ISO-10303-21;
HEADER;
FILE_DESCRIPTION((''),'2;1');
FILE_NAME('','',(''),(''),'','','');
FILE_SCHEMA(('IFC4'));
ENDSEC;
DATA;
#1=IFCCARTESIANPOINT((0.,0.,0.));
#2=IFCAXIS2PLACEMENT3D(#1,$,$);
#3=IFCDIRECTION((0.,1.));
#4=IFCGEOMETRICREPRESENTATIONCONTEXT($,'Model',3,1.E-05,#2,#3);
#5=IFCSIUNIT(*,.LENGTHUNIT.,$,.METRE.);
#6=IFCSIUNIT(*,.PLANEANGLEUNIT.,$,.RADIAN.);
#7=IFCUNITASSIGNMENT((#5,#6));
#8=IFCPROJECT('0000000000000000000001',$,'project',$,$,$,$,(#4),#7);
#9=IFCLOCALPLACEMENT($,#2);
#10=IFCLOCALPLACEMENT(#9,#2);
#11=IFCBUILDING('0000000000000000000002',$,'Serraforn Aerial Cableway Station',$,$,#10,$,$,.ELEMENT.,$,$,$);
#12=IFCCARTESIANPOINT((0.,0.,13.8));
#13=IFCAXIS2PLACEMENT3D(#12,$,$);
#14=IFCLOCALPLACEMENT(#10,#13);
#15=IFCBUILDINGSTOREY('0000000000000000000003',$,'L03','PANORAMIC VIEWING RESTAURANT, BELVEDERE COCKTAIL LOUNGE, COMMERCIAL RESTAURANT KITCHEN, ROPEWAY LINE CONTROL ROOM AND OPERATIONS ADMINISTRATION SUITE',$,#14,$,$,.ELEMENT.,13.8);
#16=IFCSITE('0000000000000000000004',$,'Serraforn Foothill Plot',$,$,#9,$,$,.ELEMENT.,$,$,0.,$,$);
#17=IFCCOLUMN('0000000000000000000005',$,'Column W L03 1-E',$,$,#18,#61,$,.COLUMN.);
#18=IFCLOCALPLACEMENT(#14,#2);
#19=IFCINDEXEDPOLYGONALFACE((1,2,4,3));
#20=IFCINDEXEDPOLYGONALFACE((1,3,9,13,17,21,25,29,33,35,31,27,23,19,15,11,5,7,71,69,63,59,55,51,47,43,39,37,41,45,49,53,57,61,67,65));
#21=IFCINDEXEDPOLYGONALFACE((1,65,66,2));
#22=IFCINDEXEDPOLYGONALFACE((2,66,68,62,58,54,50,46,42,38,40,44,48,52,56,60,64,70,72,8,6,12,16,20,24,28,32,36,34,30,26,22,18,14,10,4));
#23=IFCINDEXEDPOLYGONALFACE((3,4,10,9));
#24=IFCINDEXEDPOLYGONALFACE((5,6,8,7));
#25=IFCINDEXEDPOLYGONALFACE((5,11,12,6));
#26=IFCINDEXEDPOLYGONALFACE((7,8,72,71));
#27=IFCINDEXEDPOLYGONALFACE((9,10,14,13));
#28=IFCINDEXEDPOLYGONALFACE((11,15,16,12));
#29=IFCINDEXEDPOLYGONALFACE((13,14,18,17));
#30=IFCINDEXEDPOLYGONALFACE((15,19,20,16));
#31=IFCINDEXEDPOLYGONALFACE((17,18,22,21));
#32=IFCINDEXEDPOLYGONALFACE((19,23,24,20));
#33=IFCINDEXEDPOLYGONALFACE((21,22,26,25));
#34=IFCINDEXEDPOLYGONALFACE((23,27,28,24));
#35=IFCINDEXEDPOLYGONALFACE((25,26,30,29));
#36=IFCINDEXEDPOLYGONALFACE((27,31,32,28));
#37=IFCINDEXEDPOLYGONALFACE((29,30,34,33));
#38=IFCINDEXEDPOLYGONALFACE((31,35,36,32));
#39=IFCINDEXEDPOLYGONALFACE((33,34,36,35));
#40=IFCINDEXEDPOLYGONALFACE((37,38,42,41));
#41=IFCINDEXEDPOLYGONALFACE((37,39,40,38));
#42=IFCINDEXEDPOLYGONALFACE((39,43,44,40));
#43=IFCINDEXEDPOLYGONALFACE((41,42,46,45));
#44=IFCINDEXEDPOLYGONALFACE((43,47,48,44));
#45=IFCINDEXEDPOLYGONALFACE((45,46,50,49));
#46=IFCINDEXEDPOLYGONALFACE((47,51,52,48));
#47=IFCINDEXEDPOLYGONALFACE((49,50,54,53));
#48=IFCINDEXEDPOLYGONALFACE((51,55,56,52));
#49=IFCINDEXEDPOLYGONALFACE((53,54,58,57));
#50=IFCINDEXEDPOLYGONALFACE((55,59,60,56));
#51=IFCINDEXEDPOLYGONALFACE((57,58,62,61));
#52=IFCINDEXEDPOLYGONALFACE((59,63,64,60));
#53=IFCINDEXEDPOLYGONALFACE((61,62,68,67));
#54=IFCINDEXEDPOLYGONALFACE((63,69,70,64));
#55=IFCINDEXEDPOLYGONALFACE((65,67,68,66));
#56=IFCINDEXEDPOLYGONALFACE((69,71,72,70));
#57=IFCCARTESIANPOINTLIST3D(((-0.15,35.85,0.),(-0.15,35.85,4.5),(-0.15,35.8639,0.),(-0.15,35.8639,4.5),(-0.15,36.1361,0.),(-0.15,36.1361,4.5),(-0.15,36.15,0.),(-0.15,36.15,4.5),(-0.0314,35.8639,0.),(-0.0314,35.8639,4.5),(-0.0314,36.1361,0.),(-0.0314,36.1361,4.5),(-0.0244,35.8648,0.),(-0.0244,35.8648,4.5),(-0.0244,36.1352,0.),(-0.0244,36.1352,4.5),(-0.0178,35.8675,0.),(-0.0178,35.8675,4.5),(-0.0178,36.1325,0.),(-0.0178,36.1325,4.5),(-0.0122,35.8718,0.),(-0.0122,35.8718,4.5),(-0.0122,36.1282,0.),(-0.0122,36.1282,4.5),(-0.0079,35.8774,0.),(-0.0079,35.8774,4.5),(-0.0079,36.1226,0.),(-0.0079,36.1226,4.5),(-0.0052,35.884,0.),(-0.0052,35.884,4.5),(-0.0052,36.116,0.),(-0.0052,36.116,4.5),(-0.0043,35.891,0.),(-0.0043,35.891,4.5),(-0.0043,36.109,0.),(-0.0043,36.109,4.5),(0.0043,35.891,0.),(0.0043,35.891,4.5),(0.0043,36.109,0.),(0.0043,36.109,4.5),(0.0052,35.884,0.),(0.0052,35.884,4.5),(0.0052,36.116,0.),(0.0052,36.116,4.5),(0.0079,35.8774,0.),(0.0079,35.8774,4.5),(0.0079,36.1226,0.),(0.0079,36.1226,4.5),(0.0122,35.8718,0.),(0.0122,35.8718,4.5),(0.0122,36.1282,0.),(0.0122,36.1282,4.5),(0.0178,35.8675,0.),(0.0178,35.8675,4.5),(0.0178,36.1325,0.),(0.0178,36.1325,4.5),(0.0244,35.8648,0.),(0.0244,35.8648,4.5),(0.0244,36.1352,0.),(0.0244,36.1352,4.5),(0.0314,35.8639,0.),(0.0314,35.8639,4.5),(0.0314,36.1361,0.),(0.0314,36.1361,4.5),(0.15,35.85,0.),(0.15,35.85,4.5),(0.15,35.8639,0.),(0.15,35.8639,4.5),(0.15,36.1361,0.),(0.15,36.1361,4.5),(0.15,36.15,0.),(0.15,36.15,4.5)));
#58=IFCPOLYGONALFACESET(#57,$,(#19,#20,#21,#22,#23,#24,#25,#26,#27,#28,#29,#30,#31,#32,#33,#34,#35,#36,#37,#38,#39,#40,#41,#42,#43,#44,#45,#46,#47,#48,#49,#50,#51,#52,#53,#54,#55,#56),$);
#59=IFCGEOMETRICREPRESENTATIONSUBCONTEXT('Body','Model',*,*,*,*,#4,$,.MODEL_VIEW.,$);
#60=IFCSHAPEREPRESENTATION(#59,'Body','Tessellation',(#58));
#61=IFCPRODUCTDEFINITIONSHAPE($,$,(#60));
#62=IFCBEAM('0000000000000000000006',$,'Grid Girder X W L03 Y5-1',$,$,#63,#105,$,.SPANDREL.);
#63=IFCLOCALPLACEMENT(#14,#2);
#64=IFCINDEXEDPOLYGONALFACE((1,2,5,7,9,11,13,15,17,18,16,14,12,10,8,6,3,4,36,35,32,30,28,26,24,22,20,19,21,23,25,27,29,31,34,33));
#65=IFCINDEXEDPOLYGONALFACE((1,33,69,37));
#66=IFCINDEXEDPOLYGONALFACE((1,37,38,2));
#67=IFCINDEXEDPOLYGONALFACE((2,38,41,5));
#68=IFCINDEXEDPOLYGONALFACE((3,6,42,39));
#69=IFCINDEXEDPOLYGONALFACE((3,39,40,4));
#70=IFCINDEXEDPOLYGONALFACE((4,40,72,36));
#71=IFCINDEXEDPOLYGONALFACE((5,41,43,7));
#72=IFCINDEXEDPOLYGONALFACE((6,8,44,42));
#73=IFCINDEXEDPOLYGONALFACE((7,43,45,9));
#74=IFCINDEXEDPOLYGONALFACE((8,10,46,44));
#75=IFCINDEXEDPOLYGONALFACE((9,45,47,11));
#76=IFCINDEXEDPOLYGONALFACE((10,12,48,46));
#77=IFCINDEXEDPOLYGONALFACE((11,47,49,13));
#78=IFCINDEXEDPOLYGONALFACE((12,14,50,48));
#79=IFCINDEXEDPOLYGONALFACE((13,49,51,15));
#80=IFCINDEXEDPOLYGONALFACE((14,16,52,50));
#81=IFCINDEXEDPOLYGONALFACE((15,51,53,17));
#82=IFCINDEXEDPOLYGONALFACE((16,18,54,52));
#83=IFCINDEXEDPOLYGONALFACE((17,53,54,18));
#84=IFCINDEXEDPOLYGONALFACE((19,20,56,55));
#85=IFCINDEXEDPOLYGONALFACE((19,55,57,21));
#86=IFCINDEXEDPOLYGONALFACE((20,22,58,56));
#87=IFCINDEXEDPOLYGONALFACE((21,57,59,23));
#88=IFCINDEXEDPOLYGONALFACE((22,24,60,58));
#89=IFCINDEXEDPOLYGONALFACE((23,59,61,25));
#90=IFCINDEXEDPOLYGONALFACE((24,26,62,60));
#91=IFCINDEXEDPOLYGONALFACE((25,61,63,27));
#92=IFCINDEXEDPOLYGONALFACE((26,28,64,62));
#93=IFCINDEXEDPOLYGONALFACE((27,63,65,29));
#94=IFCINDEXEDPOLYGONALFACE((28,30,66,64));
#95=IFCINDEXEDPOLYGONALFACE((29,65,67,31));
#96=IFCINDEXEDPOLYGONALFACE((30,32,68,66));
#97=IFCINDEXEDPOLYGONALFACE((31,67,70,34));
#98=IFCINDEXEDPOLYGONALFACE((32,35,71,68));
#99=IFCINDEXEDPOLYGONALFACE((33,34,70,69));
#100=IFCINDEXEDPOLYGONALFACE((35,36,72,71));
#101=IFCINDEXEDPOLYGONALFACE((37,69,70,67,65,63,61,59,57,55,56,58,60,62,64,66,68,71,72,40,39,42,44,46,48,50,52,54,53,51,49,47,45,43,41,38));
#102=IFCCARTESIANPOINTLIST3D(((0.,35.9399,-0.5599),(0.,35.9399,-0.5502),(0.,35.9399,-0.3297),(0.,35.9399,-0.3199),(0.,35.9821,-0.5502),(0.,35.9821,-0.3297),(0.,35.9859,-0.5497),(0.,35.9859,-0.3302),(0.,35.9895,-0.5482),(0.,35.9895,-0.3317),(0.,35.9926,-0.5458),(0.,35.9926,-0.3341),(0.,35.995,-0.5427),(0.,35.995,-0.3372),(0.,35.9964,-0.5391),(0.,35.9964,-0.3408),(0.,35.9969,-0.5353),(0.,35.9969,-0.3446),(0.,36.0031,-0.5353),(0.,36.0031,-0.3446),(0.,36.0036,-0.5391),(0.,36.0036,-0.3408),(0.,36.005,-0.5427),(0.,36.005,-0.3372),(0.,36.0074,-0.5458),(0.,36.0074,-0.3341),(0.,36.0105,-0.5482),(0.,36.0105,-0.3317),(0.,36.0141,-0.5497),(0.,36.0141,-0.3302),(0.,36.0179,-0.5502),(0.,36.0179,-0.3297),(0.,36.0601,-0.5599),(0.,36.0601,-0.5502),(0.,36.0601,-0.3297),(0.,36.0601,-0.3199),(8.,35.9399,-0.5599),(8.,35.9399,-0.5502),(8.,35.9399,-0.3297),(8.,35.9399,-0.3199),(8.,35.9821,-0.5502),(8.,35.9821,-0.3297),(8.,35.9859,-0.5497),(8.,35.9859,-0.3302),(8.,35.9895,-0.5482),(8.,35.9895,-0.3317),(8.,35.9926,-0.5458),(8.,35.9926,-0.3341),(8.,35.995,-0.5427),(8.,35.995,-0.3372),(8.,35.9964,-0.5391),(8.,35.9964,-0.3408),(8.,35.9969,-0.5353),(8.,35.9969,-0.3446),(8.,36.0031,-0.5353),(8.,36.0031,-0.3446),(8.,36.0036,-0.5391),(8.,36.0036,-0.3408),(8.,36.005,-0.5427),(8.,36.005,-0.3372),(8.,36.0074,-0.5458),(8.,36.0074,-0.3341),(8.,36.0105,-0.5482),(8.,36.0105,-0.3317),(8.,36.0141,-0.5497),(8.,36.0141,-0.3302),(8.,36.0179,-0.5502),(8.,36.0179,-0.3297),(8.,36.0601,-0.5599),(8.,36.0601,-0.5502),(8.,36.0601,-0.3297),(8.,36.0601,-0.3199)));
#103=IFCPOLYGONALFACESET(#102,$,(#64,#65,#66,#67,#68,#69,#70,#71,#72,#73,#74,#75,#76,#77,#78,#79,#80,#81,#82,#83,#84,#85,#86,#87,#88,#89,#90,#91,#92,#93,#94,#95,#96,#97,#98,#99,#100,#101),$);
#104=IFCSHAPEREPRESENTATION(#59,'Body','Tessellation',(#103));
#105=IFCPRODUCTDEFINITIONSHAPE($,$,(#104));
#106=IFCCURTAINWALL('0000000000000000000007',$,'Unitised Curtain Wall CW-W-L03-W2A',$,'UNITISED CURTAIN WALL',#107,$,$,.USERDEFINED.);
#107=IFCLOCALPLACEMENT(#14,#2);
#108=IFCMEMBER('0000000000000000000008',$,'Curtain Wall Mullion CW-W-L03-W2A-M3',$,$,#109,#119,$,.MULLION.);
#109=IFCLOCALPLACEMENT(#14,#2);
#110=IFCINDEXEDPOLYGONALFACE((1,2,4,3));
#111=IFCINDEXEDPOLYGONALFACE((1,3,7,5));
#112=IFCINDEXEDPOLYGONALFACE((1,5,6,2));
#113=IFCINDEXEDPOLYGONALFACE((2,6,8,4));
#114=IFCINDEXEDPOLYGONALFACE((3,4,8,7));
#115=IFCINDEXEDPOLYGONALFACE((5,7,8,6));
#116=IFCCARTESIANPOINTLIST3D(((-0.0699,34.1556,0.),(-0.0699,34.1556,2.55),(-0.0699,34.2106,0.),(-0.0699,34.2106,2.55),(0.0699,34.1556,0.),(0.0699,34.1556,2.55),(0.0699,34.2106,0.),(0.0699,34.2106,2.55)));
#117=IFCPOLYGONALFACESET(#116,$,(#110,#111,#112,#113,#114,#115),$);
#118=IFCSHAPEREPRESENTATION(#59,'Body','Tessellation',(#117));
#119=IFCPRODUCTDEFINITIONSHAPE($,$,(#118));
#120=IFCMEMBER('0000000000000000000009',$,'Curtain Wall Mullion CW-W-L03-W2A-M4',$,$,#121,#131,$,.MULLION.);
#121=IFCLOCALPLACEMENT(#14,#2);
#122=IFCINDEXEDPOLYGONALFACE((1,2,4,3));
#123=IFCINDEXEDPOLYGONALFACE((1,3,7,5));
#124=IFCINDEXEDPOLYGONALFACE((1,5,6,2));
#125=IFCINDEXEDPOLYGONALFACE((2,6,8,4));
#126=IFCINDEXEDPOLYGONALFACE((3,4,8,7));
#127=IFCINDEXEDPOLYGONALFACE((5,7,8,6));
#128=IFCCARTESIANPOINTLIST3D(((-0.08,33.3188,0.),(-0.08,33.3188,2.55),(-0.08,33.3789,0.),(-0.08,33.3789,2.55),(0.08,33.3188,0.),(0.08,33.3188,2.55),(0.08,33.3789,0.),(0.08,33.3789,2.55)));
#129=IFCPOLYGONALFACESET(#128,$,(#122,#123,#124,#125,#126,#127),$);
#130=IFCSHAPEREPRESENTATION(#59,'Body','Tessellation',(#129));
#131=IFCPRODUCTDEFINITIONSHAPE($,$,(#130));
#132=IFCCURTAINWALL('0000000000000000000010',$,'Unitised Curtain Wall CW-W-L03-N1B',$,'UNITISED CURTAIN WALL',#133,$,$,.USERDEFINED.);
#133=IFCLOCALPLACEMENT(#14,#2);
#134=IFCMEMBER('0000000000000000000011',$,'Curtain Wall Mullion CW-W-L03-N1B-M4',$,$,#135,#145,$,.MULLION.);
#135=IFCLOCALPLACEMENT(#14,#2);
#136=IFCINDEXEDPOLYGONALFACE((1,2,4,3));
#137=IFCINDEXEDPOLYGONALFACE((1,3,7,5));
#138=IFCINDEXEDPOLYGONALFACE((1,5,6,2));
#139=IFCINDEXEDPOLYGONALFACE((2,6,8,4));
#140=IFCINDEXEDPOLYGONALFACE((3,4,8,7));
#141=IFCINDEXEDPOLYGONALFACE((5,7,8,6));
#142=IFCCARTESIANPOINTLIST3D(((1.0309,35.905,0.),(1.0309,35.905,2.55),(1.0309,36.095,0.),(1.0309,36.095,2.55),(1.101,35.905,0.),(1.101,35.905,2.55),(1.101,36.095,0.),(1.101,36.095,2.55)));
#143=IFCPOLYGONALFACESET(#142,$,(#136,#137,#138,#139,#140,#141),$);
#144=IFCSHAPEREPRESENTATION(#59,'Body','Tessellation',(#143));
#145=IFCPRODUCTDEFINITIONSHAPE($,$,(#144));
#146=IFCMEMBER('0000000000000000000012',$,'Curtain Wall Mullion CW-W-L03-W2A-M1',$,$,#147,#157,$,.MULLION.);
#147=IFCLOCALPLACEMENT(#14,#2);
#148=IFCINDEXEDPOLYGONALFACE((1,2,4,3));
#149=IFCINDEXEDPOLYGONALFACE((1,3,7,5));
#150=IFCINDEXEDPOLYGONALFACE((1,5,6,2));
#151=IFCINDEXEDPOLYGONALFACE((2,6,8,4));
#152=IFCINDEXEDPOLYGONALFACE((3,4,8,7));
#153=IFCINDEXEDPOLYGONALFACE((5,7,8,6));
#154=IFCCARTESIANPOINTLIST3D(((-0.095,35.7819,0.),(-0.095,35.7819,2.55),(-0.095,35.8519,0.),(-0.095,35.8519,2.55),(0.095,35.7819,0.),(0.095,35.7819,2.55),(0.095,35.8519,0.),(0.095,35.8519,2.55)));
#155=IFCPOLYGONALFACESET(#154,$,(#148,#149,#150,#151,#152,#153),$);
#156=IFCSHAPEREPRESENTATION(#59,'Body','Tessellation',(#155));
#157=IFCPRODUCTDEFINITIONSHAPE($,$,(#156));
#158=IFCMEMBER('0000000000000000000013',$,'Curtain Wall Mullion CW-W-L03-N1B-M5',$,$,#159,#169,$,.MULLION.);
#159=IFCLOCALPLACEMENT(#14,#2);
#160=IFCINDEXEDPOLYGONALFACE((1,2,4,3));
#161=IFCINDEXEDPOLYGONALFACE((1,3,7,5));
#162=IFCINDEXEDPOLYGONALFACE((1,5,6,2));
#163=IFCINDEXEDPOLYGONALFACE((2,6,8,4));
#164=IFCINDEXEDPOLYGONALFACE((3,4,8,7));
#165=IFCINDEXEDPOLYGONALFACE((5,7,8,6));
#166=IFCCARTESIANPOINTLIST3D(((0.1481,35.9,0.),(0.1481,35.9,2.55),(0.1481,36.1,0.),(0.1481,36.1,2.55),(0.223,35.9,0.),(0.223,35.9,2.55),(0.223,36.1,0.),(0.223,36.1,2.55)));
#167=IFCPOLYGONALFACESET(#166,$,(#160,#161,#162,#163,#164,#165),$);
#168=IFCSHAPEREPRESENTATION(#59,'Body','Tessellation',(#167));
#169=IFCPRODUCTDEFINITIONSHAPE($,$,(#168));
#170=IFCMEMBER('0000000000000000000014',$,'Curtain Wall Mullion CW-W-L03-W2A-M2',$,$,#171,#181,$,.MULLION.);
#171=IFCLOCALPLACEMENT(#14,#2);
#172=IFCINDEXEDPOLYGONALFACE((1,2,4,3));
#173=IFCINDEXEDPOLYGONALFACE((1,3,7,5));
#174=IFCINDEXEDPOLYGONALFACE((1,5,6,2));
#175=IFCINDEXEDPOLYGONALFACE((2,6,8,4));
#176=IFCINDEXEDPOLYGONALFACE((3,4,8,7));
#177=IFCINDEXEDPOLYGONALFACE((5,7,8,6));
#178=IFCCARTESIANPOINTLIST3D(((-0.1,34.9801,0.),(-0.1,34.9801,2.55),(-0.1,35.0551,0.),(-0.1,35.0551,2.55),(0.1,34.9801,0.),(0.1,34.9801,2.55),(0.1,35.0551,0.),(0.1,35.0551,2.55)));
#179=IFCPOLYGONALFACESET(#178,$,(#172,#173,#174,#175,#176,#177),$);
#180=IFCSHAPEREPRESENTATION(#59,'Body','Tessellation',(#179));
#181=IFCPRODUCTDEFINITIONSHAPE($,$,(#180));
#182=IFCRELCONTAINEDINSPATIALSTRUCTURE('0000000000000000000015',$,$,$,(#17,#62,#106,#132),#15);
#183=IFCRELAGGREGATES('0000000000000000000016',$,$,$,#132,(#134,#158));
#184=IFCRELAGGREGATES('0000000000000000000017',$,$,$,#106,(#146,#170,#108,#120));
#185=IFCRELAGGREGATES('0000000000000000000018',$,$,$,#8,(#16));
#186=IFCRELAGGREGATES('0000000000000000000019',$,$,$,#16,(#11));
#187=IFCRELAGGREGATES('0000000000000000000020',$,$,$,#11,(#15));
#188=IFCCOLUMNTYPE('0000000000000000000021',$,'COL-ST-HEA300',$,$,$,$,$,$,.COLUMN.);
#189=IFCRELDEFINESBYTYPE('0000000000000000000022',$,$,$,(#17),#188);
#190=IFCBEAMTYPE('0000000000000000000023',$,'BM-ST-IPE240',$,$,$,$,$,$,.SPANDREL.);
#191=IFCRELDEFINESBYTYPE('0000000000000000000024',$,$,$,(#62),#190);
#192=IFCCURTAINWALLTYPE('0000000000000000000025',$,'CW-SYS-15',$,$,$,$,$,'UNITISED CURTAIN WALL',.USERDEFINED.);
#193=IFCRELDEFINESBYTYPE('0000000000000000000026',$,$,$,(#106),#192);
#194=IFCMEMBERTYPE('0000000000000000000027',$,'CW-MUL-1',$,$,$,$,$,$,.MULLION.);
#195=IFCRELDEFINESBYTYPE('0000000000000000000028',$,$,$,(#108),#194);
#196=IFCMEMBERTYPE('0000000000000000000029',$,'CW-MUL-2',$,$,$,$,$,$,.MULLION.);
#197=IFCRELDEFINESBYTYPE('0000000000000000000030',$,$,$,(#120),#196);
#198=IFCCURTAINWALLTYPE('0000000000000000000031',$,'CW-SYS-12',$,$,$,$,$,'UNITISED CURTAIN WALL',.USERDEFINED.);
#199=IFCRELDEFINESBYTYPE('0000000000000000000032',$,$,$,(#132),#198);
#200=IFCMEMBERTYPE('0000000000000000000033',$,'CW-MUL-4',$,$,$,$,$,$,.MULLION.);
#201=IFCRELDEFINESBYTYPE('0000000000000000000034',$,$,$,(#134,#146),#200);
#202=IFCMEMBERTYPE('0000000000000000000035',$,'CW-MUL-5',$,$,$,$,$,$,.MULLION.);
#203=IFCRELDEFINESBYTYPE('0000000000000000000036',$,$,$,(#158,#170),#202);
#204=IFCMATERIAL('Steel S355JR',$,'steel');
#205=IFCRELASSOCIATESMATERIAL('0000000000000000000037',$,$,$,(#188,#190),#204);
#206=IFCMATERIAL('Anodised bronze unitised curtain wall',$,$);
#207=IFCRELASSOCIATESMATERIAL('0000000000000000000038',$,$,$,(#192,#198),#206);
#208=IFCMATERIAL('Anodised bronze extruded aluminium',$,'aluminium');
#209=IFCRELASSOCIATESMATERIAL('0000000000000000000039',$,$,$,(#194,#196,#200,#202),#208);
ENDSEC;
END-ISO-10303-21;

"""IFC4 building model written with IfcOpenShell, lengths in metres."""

from ifc_helpers import new_model, si_unit, direction, frame, origin, origin_2d, place, context, subcontext, project, spatial, rectangle, i_section, extrude, material, material_profile, profile_set, type_object, element, aggregate, save


model = new_model("IFC4")

# Units and contexts
model_context = context("Model", 3, precision=1e-05, world=origin(), true_north=direction((0.0, 1.0)))
body_context = subcontext(model_context, "Body", "Model", "MODEL_VIEW")
ifc_project = project(units=[si_unit("LENGTHUNIT", "METRE"), si_unit("PLANEANGLEUNIT", "RADIAN")], contexts=[model_context])

# Site, building, storey
site_placement = place(None, origin())
site = spatial("IfcSite", under=ifc_project, at=site_placement, Name="Serraforn Foothill Plot", CompositionType="ELEMENT", RefElevation=0.0)
building_placement = place(site_placement, origin())
building = spatial("IfcBuilding", under=site, at=building_placement, Name="Serraforn Aerial Cableway Station", CompositionType="ELEMENT")
storey_placement = place(building_placement, frame((0.0, 0.0, 13.8)))
storey = spatial("IfcBuildingStorey", under=building, at=storey_placement, Name="L03", Description="PANORAMIC VIEWING RESTAURANT, BELVEDERE COCKTAIL LOUNGE, COMMERCIAL RESTAURANT KITCHEN, ROPEWAY LINE CONTROL ROOM AND OPERATIONS ADMINISTRATION SUITE", CompositionType="ELEMENT", Elevation=13.8)

# Column
ifc_material_1 = material(Name="Steel S355JR", Category="steel")
ifc_material_profile_1 = material_profile(ifc_material_1, i_section(OverallWidth=0.3, OverallDepth=0.3, WebThickness=0.0085, FlangeThickness=0.0139, FilletRadius=0.0271, at=origin_2d()), Name="HEA 300")
ifc_profile_set_1 = profile_set([ifc_material_profile_1], Name="Steel S355JR")
column_type = type_object("IfcColumnType", Name="COL-ST-HEA300", PredefinedType="COLUMN", material=ifc_profile_set_1)
column_placement = place(storey_placement, frame((0.0, 36.0, 0.0), z_axis=(0.0, 0.0, 1.0), x_axis=(1.0, 0.0, 0.0)))
element("IfcColumn", 1, at=column_placement, inside=storey, type_object=column_type, Name="Column W L03 1-E", PredefinedType="COLUMN", context=body_context, shape_type="SweptSolid", body=[
    extrude(i_section(OverallWidth=0.3, OverallDepth=0.3, WebThickness=0.0085, FlangeThickness=0.0139, FilletRadius=0.0271, at=origin_2d()), origin(), (0.0, 0.0, 1.0), 4.5),
])

# Beam
ifc_material_profile_2 = material_profile(ifc_material_1, i_section(OverallWidth=0.1201, OverallDepth=0.24, WebThickness=0.0061, FlangeThickness=0.0098, FilletRadius=0.0149, at=origin_2d()), Name="IPE 240")
ifc_profile_set_2 = profile_set([ifc_material_profile_2], Name="Steel S355JR")
beam_type = type_object("IfcBeamType", Name="BM-ST-IPE240", PredefinedType="SPANDREL", material=ifc_profile_set_2)
beam_placement = place(storey_placement, frame((0.0, 36.0, -0.4399), z_axis=(1.0, 0.0, 0.0), x_axis=(0.0, 1.0, 0.0)))
element("IfcBeam", 2, at=beam_placement, inside=storey, type_object=beam_type, Name="Grid Girder X W L03 Y5-1", PredefinedType="SPANDREL", context=body_context, shape_type="SweptSolid", body=[
    extrude(i_section(OverallWidth=0.1201, OverallDepth=0.24, WebThickness=0.0061, FlangeThickness=0.0098, FilletRadius=0.0149, at=origin_2d()), origin(), (0.0, 0.0, 1.0), 8.0),
])

# Curtain wall, members
ifc_material_2 = material(Name="Anodised bronze unitised curtain wall")
curtain_wall_type_1 = type_object("IfcCurtainWallType", Name="CW-SYS-15", ElementType="UNITISED CURTAIN WALL", PredefinedType="USERDEFINED", material=ifc_material_2)
curtain_wall_1_placement = place(storey_placement, origin())
curtain_wall_1 = element("IfcCurtainWall", 3, at=curtain_wall_1_placement, inside=storey, type_object=curtain_wall_type_1, Name="Unitised Curtain Wall CW-W-L03-W2A", ObjectType="UNITISED CURTAIN WALL", PredefinedType="USERDEFINED")
ifc_material_3 = material(Name="Anodised bronze extruded aluminium", Category="aluminium")
ifc_material_profile_3 = material_profile(ifc_material_3, rectangle(XDim=0.0549, YDim=0.1399, at=origin_2d()), Name="CW MULLION 55x140")
ifc_profile_set_3 = profile_set([ifc_material_profile_3], Name="Anodised bronze extruded aluminium")
member_type_1 = type_object("IfcMemberType", Name="CW-MUL-1", PredefinedType="MULLION", material=ifc_profile_set_3)
member_1_placement = place(storey_placement, frame((0.0, 34.1831, 0.0), z_axis=(0.0, 0.0, 1.0), x_axis=(0.0, -1.0, 0.0)))
member_1 = element("IfcMember", 4, at=member_1_placement, type_object=member_type_1, Name="Curtain Wall Mullion CW-W-L03-W2A-M3", PredefinedType="MULLION", context=body_context, shape_type="SweptSolid", body=[
    extrude(rectangle(XDim=0.0549, YDim=0.1399, at=origin_2d()), origin(), (0.0, 0.0, 1.0), 2.55),
])
ifc_material_profile_4 = material_profile(ifc_material_3, rectangle(XDim=0.0601, YDim=0.1599, at=origin_2d()), Name="CW MULLION 60x160")
ifc_profile_set_4 = profile_set([ifc_material_profile_4], Name="Anodised bronze extruded aluminium")
member_type_2 = type_object("IfcMemberType", Name="CW-MUL-2", PredefinedType="MULLION", material=ifc_profile_set_4)
member_2_placement = place(storey_placement, frame((0.0, 33.3489, 0.0), z_axis=(0.0, 0.0, 1.0), x_axis=(0.0, -1.0, 0.0)))
member_2 = element("IfcMember", 5, at=member_2_placement, type_object=member_type_2, Name="Curtain Wall Mullion CW-W-L03-W2A-M4", PredefinedType="MULLION", context=body_context, shape_type="SweptSolid", body=[
    extrude(rectangle(XDim=0.0601, YDim=0.1599, at=origin_2d()), origin(), (0.0, 0.0, 1.0), 2.55),
])

# Curtain wall, member
curtain_wall_type_2 = type_object("IfcCurtainWallType", Name="CW-SYS-12", ElementType="UNITISED CURTAIN WALL", PredefinedType="USERDEFINED", material=ifc_material_2)
curtain_wall_2_placement = place(storey_placement, origin())
curtain_wall_2 = element("IfcCurtainWall", 6, at=curtain_wall_2_placement, inside=storey, type_object=curtain_wall_type_2, Name="Unitised Curtain Wall CW-W-L03-N1B", ObjectType="UNITISED CURTAIN WALL", PredefinedType="USERDEFINED")
ifc_material_profile_5 = material_profile(ifc_material_3, rectangle(XDim=0.0701, YDim=0.1899, at=origin_2d()), Name="CW MULLION 70x190")
ifc_profile_set_5 = profile_set([ifc_material_profile_5], Name="Anodised bronze extruded aluminium")
member_type_3 = type_object("IfcMemberType", Name="CW-MUL-4", PredefinedType="MULLION", material=ifc_profile_set_5)
member_3_placement = place(storey_placement, frame((1.0659, 36.0, 0.0), z_axis=(0.0, 0.0, 1.0), x_axis=(-1.0, 0.0, 0.0)))
member_3 = element("IfcMember", 7, at=member_3_placement, type_object=member_type_3, Name="Curtain Wall Mullion CW-W-L03-N1B-M4", PredefinedType="MULLION", context=body_context, shape_type="SweptSolid", body=[
    extrude(rectangle(XDim=0.0701, YDim=0.1899, at=origin_2d()), origin(), (0.0, 0.0, 1.0), 2.55),
])

# Members
member_4_placement = place(storey_placement, frame((0.0, 35.8169, 0.0), z_axis=(0.0, 0.0, 1.0), x_axis=(0.0, -1.0, 0.0)))
member_4 = element("IfcMember", 8, at=member_4_placement, type_object=member_type_3, Name="Curtain Wall Mullion CW-W-L03-W2A-M1", PredefinedType="MULLION", context=body_context, shape_type="SweptSolid", body=[
    extrude(rectangle(XDim=0.0701, YDim=0.1899, at=origin_2d()), origin(), (0.0, 0.0, 1.0), 2.55),
])
ifc_material_profile_6 = material_profile(ifc_material_3, rectangle(XDim=0.075, YDim=0.2, at=origin_2d()), Name="CW MULLION 75x200")
ifc_profile_set_6 = profile_set([ifc_material_profile_6], Name="Anodised bronze extruded aluminium")
member_type_4 = type_object("IfcMemberType", Name="CW-MUL-5", PredefinedType="MULLION", material=ifc_profile_set_6)
member_5_placement = place(storey_placement, frame((0.1855, 36.0, 0.0), z_axis=(0.0, 0.0, 1.0), x_axis=(-1.0, 0.0, 0.0)))
member_5 = element("IfcMember", 9, at=member_5_placement, type_object=member_type_4, Name="Curtain Wall Mullion CW-W-L03-N1B-M5", PredefinedType="MULLION", context=body_context, shape_type="SweptSolid", body=[
    extrude(rectangle(XDim=0.075, YDim=0.2, at=origin_2d()), origin(), (0.0, 0.0, 1.0), 2.55),
])
member_6_placement = place(storey_placement, frame((0.0, 35.0176, 0.0), z_axis=(0.0, 0.0, 1.0), x_axis=(0.0, -1.0, 0.0)))
member_6 = element("IfcMember", 10, at=member_6_placement, type_object=member_type_4, Name="Curtain Wall Mullion CW-W-L03-W2A-M2", PredefinedType="MULLION", context=body_context, shape_type="SweptSolid", body=[
    extrude(rectangle(XDim=0.075, YDim=0.2, at=origin_2d()), origin(), (0.0, 0.0, 1.0), 2.55),
])

aggregate(curtain_wall_2, [member_3, member_5])
aggregate(curtain_wall_1, [member_4, member_6, member_1, member_2])

save(model, "model.ifc")
